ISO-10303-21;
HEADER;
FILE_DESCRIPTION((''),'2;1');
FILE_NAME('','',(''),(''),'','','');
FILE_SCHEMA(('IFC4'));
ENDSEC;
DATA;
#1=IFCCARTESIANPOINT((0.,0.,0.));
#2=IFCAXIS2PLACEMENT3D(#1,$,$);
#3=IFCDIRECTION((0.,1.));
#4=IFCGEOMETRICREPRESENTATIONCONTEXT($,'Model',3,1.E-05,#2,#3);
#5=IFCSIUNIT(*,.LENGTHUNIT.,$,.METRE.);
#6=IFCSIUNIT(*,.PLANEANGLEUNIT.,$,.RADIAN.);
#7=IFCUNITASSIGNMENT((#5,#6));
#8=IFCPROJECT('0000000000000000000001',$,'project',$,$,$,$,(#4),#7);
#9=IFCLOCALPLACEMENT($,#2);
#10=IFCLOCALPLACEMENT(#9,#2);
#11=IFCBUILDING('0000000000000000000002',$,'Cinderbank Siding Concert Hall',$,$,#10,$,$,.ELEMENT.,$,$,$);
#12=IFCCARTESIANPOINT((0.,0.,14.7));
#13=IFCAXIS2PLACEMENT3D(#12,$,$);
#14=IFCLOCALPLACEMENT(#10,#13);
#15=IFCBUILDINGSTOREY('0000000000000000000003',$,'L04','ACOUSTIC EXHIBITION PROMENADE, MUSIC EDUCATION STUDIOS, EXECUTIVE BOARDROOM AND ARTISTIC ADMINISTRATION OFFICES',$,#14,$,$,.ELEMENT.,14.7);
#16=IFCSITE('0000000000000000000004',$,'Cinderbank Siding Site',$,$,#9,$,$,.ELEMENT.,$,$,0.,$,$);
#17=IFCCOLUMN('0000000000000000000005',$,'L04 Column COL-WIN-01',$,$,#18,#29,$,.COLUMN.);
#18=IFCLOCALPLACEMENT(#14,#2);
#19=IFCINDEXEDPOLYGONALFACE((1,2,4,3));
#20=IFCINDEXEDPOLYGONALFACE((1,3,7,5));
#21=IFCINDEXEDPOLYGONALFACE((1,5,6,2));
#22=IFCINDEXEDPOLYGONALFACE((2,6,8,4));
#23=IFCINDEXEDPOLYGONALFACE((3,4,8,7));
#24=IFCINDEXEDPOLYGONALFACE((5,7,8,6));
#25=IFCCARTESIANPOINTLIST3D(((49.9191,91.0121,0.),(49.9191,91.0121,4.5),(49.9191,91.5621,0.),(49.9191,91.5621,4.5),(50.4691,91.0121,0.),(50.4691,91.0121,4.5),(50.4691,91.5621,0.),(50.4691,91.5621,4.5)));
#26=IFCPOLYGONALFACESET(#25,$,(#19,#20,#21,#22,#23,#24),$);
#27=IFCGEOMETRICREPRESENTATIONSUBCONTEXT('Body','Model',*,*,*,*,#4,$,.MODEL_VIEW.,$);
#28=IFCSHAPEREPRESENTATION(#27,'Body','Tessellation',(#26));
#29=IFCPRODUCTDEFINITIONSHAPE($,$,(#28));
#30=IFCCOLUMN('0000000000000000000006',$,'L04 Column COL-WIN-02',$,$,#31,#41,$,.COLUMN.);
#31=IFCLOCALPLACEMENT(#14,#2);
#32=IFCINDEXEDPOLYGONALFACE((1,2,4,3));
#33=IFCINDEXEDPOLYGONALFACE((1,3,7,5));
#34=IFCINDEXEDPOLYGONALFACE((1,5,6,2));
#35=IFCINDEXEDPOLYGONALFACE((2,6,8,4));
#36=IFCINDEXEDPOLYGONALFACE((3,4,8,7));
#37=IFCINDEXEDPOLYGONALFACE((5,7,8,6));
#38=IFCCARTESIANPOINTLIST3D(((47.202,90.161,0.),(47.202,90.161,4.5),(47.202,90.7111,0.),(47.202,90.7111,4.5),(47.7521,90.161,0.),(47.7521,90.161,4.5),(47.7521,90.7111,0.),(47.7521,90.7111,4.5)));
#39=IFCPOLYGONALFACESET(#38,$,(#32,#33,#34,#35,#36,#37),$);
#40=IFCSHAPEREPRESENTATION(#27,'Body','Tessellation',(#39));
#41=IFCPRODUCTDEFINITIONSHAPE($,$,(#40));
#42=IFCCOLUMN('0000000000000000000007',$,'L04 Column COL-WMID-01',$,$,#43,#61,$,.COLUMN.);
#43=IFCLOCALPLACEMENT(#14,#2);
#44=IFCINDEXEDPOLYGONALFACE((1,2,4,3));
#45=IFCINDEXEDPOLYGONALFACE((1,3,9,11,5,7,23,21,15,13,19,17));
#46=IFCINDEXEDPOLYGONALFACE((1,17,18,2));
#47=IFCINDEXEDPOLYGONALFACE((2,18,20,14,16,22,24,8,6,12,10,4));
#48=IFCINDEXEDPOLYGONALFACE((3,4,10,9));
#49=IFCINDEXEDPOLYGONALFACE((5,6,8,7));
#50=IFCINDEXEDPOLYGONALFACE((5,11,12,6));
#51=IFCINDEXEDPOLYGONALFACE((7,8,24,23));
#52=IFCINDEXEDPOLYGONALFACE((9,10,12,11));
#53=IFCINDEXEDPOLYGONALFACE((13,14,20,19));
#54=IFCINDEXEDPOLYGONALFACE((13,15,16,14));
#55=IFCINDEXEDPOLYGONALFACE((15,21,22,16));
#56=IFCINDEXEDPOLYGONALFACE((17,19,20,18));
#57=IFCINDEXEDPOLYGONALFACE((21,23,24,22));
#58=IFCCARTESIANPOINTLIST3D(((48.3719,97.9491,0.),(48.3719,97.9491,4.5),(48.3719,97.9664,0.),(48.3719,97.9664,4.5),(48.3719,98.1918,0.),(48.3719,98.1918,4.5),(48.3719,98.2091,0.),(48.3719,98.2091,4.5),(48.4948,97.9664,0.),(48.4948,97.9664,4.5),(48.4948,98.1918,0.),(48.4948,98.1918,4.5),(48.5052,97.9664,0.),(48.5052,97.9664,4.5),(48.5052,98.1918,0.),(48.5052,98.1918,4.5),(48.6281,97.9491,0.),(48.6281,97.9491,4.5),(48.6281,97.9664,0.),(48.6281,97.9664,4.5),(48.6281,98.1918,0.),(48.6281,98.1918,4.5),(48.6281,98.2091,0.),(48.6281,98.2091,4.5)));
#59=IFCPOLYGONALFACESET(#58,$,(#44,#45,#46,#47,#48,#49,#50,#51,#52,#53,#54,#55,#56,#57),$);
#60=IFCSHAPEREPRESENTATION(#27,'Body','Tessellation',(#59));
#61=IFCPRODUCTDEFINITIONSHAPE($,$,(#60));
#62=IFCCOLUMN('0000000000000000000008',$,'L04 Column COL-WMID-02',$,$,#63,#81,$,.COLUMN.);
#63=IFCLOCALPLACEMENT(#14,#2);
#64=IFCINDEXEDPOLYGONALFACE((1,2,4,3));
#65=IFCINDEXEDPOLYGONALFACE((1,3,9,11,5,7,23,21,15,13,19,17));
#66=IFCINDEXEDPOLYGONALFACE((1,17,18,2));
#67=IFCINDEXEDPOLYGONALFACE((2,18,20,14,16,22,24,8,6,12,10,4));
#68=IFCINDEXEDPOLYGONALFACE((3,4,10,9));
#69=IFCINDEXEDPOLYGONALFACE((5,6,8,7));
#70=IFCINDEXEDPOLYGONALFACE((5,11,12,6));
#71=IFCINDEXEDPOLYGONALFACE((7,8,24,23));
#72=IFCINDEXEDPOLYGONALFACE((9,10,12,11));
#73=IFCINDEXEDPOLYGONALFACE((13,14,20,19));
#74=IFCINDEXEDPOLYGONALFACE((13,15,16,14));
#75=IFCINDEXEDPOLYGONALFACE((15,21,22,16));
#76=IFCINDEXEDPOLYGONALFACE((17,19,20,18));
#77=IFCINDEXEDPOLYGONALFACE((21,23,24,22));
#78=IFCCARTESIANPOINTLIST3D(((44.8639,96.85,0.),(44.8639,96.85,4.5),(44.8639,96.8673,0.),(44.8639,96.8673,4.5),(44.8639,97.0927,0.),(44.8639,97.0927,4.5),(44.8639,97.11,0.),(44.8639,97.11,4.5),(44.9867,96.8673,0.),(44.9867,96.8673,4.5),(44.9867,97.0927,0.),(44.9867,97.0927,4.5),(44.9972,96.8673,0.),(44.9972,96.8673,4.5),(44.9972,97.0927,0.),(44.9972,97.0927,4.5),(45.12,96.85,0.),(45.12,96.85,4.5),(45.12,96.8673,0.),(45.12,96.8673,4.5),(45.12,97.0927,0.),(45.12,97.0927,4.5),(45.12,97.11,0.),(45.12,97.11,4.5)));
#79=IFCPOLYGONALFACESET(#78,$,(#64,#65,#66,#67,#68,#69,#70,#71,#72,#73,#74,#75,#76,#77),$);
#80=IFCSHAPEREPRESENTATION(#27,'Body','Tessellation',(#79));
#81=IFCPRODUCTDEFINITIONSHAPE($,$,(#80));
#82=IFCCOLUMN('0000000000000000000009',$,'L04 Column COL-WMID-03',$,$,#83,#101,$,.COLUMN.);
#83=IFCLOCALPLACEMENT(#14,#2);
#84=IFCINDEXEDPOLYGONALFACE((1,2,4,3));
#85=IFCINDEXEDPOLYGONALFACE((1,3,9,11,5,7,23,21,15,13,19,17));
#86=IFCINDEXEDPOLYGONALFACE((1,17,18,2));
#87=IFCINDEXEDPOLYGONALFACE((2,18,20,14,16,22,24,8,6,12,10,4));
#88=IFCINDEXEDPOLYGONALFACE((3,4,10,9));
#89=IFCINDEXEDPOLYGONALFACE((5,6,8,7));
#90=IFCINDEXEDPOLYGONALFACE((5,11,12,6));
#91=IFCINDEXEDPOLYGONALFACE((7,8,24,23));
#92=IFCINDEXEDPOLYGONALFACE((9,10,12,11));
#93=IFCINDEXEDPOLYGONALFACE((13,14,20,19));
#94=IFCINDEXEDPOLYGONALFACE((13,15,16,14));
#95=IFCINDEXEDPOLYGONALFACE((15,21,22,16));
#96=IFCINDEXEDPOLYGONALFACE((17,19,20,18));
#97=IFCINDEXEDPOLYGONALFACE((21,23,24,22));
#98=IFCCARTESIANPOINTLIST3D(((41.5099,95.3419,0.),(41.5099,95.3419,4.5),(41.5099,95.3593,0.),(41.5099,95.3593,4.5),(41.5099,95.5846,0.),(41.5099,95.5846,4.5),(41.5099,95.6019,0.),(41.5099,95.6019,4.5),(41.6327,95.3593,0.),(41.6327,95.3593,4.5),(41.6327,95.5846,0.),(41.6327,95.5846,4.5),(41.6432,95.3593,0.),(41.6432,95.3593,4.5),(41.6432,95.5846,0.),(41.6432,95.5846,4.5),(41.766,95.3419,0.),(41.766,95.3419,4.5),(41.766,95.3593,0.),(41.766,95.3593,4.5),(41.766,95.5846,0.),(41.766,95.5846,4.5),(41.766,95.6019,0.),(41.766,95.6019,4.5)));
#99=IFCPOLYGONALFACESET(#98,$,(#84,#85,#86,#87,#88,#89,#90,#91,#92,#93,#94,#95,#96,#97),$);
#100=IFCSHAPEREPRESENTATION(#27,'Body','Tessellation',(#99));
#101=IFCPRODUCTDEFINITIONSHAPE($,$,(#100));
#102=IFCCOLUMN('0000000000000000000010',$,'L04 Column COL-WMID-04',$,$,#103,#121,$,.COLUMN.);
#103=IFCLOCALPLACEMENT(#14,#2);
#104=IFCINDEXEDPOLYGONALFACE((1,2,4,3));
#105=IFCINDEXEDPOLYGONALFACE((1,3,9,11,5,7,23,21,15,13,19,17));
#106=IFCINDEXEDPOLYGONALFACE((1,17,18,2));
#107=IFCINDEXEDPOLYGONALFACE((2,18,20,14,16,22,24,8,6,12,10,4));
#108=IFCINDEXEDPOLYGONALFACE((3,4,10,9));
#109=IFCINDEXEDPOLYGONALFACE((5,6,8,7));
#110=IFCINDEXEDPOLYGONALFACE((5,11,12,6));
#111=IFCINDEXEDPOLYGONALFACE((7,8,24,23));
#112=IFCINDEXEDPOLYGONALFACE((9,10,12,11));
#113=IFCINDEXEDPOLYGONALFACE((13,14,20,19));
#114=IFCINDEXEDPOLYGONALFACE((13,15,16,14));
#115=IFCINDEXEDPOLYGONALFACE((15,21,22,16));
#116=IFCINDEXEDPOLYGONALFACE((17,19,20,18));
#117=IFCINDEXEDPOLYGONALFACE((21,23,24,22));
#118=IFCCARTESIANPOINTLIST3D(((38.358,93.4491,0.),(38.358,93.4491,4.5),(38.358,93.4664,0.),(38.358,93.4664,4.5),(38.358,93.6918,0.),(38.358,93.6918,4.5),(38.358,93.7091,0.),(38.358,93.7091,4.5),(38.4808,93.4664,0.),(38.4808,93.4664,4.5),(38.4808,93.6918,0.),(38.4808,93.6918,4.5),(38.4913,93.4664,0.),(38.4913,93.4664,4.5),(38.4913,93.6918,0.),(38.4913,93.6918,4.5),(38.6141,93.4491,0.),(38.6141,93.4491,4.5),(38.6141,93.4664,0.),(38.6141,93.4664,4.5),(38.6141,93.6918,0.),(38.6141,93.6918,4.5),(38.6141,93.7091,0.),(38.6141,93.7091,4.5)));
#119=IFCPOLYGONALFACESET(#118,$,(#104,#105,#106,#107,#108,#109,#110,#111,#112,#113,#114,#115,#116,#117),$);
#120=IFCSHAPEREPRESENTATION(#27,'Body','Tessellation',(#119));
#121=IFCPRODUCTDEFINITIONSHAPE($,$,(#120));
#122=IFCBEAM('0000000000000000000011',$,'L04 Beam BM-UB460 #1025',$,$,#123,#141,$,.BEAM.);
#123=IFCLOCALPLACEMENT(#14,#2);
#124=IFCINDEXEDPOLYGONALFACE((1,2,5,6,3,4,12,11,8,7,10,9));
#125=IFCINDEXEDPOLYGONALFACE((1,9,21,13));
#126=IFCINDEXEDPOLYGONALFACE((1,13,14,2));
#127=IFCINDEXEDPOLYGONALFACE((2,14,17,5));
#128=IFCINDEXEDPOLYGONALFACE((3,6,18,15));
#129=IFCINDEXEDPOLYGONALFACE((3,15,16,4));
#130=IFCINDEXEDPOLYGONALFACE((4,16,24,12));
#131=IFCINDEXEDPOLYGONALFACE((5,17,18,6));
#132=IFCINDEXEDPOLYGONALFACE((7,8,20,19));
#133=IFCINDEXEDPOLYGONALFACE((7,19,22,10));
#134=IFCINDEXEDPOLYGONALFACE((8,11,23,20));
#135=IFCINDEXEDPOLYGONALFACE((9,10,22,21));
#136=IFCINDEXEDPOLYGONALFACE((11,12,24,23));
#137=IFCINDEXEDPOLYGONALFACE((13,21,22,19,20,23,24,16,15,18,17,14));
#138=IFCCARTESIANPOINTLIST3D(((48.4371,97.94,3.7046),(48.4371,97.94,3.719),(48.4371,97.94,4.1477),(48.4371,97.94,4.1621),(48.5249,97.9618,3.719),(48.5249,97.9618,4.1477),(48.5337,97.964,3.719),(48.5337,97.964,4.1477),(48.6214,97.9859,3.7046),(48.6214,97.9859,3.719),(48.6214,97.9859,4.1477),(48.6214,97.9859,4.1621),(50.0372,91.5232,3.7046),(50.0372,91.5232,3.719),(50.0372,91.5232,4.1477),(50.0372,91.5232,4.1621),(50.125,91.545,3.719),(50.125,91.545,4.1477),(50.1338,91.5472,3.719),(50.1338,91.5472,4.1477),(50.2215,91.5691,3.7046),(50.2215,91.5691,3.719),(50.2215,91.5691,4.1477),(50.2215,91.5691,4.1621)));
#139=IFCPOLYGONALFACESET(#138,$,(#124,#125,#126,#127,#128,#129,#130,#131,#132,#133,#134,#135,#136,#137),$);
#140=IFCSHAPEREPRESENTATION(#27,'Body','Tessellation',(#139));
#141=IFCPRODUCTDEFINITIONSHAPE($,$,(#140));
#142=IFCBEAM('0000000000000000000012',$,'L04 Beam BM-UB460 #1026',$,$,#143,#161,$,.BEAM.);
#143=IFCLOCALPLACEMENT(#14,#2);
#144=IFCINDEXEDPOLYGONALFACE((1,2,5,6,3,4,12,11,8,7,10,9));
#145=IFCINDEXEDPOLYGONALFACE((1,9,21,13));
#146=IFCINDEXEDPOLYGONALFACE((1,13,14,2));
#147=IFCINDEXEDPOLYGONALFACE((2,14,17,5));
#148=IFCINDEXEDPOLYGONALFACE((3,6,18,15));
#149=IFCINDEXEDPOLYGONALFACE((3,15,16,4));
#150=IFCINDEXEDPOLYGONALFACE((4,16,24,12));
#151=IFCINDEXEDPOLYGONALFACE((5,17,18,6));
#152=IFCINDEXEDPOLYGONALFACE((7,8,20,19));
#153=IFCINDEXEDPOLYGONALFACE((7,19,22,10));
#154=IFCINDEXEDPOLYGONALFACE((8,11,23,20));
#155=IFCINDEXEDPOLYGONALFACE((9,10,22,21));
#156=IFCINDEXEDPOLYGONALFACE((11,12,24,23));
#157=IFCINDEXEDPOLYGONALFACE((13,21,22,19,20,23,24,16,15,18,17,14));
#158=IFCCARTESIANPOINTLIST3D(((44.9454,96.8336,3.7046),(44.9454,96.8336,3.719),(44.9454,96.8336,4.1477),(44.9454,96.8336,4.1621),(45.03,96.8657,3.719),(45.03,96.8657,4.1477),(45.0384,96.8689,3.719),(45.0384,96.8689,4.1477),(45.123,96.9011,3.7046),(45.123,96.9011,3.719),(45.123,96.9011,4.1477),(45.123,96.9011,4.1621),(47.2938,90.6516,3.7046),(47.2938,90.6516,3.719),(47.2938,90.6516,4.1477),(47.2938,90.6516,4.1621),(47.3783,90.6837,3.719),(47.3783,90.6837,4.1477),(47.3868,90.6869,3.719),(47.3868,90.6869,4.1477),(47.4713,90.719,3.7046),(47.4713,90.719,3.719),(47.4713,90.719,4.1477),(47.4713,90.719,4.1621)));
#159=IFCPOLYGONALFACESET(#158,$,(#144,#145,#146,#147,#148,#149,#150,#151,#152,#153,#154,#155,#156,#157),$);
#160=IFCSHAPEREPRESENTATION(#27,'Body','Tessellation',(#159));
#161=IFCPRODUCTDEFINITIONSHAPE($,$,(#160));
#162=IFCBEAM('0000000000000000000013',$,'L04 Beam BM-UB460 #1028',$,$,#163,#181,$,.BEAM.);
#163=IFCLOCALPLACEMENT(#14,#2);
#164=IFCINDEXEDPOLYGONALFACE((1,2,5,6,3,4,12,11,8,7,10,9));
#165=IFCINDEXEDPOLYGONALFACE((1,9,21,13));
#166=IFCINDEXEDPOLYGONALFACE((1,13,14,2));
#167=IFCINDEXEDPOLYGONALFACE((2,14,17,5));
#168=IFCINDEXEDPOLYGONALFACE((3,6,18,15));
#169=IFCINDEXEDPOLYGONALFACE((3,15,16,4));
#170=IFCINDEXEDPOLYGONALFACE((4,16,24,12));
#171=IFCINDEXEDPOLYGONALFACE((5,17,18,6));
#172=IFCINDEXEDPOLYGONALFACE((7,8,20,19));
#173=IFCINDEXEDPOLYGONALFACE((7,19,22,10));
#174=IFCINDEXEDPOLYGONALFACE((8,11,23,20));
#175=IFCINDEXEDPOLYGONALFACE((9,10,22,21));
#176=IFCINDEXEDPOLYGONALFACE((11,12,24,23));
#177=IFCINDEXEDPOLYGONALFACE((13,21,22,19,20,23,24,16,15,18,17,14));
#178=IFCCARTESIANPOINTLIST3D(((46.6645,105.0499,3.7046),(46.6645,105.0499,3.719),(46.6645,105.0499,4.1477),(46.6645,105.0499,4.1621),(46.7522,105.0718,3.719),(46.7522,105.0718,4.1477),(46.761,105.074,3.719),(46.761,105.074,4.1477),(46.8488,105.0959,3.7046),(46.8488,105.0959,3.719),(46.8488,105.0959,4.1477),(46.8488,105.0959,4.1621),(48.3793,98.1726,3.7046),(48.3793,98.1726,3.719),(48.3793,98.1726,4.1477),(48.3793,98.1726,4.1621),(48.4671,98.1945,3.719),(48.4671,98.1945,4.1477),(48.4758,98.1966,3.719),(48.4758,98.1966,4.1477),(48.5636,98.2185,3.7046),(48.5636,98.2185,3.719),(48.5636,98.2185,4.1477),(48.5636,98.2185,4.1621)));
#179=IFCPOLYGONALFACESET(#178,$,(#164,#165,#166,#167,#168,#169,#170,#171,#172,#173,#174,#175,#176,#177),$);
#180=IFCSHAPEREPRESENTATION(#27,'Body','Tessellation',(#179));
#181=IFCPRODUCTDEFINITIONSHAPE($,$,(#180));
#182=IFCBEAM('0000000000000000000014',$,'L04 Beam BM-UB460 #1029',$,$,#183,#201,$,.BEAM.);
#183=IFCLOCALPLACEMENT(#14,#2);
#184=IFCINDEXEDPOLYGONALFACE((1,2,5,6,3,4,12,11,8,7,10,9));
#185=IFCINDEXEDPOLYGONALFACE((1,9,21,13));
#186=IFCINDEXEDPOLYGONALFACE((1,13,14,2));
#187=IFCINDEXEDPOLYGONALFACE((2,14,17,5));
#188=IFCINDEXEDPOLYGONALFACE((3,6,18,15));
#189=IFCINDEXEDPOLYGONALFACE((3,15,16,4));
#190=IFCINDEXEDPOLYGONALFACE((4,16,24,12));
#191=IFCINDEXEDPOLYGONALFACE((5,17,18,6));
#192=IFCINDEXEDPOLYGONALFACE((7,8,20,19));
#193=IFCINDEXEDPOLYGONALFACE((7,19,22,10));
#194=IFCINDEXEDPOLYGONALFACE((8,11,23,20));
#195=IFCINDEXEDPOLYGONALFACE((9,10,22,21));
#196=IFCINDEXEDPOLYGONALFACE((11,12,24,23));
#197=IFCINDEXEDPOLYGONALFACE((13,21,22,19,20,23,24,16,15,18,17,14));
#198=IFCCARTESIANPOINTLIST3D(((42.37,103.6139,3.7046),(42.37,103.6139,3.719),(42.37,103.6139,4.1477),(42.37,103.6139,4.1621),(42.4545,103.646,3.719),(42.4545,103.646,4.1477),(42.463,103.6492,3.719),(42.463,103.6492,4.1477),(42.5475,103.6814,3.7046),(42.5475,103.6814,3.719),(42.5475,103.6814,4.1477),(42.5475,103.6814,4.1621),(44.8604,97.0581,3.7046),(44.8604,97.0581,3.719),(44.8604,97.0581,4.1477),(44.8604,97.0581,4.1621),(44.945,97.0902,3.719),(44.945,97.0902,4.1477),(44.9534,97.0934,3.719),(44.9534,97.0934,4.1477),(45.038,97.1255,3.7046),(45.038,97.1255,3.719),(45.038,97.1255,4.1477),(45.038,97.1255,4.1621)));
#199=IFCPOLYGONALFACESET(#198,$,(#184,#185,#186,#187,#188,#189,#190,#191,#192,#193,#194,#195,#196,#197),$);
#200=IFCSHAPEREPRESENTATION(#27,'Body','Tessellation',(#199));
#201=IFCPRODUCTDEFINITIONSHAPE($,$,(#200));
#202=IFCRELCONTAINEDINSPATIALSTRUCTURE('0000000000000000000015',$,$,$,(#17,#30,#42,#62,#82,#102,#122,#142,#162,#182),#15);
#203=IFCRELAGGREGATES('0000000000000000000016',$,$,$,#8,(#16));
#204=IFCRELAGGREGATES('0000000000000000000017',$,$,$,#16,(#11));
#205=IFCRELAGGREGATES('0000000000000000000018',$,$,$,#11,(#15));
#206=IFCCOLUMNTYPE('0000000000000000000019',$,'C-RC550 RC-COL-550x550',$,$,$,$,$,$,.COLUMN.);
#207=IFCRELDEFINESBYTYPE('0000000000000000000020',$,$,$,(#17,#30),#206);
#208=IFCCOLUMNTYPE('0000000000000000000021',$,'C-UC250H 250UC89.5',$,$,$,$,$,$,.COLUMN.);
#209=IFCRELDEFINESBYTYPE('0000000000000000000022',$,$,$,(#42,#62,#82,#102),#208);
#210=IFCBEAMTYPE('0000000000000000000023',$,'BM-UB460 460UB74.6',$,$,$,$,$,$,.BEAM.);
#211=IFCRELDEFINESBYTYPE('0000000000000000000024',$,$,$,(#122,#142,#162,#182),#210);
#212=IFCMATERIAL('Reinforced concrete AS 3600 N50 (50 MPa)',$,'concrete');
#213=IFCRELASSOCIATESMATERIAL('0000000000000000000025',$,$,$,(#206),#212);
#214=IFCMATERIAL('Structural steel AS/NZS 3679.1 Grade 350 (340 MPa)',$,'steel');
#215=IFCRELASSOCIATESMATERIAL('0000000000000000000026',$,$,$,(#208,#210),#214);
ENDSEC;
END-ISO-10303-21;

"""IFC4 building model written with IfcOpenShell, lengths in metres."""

from ifc_helpers import new_model, si_unit, direction, frame, origin, origin_2d, place, context, subcontext, project, spatial, rectangle, i_section, extrude, material, material_profile, profile_set, type_object, element, save


model = new_model("IFC4")

# Units and contexts
model_context = context("Model", 3, precision=1e-05, world=origin(), true_north=direction((0.0, 1.0)))
body_context = subcontext(model_context, "Body", "Model", "MODEL_VIEW")
ifc_project = project(units=[si_unit("LENGTHUNIT", "METRE"), si_unit("PLANEANGLEUNIT", "RADIAN")], contexts=[model_context])

# Site, building, storey
site_placement = place(None, origin())
site = spatial("IfcSite", under=ifc_project, at=site_placement, Name="Cinderbank Siding Site", CompositionType="ELEMENT", RefElevation=0.0)
building_placement = place(site_placement, origin())
building = spatial("IfcBuilding", under=site, at=building_placement, Name="Cinderbank Siding Concert Hall", CompositionType="ELEMENT")
storey_placement = place(building_placement, frame((0.0, 0.0, 14.7)))
storey = spatial("IfcBuildingStorey", under=building, at=storey_placement, Name="L04", Description="ACOUSTIC EXHIBITION PROMENADE, MUSIC EDUCATION STUDIOS, EXECUTIVE BOARDROOM AND ARTISTIC ADMINISTRATION OFFICES", CompositionType="ELEMENT", Elevation=14.7)

# Columns
ifc_material_1 = material(Name="Reinforced concrete AS 3600 N50 (50 MPa)", Category="concrete")
ifc_material_profile_1 = material_profile(ifc_material_1, rectangle(XDim=0.55, YDim=0.55, at=origin_2d()), Name="RC-COL-550x550", Category="LoadBearing")
ifc_profile_set_1 = profile_set([ifc_material_profile_1], Name="Reinforced concrete AS 3600 N50 (50 MPa)")
column_type_1 = type_object("IfcColumnType", Name="C-RC550 RC-COL-550x550", PredefinedType="COLUMN", material=ifc_profile_set_1)
for number, where, z_axis, x_axis, name in (
    (1, (50.1941, 91.2871, 0.0), (0.0, 0.0, 1.0), (1.0, 0.0, 0.0), "L04 Column COL-WIN-01"),
    (2, (47.4771, 90.436, 0.0), (0.0, 0.0, 1.0), (1.0, 0.0, 0.0), "L04 Column COL-WIN-02"),
):
    element("IfcColumn", number, at=place(storey_placement, frame(where, z_axis=z_axis, x_axis=x_axis)), inside=storey, type_object=column_type_1, Name=name, PredefinedType="COLUMN", context=body_context, shape_type="SweptSolid", body=[
        extrude(rectangle(XDim=0.55, YDim=0.55, at=origin_2d()), origin(), (0.0, 0.0, 1.0), 4.5),
    ])
ifc_material_2 = material(Name="Structural steel AS/NZS 3679.1 Grade 350 (340 MPa)", Category="steel")
ifc_material_profile_2 = material_profile(ifc_material_2, i_section(OverallWidth=0.2561, OverallDepth=0.26, WebThickness=0.0105, FlangeThickness=0.0173, at=origin_2d()), Name="250UC89.5", Category="LoadBearing")
ifc_profile_set_2 = profile_set([ifc_material_profile_2], Name="Structural steel AS/NZS 3679.1 Grade 350 (340 MPa)")
column_type_2 = type_object("IfcColumnType", Name="C-UC250H 250UC89.5", PredefinedType="COLUMN", material=ifc_profile_set_2)
for number, where, z_axis, x_axis, name in (
    (3, (48.5, 98.0791, 0.0), (0.0, 0.0, 1.0), (1.0, 0.0, 0.0), "L04 Column COL-WMID-01"),
    (4, (44.9919, 96.98, 0.0), (0.0, 0.0, 1.0), (1.0, 0.0, 0.0), "L04 Column COL-WMID-02"),
    (5, (41.6379, 95.4719, 0.0), (0.0, 0.0, 1.0), (1.0, 0.0, 0.0), "L04 Column COL-WMID-03"),
    (6, (38.4861, 93.5791, 0.0), (0.0, 0.0, 1.0), (1.0, 0.0, 0.0), "L04 Column COL-WMID-04"),
):
    element("IfcColumn", number, at=place(storey_placement, frame(where, z_axis=z_axis, x_axis=x_axis)), inside=storey, type_object=column_type_2, Name=name, PredefinedType="COLUMN", context=body_context, shape_type="SweptSolid", body=[
        extrude(i_section(OverallWidth=0.2561, OverallDepth=0.26, WebThickness=0.0105, FlangeThickness=0.0173, at=origin_2d()), origin(), (0.0, 0.0, 1.0), 4.5),
    ])

# Beams
ifc_material_profile_3 = material_profile(ifc_material_2, i_section(OverallWidth=0.1899, OverallDepth=0.4575, WebThickness=0.009, FlangeThickness=0.0144, at=origin_2d()), Name="460UB74.6", Category="LoadBearing")
ifc_profile_set_3 = profile_set([ifc_material_profile_3], Name="Structural steel AS/NZS 3679.1 Grade 350 (340 MPa)")
beam_type_1 = type_object("IfcBeamType", Name="BM-UB460 460UB74.6", PredefinedType="BEAM", material=ifc_profile_set_3)
beam_1_placement = place(storey_placement, frame((50.1294, 91.5461, 3.9333), z_axis=(-0.241954, 0.970288, 0.0), x_axis=(-0.970288, -0.241954, 0.0)))
element("IfcBeam", 7, at=beam_1_placement, inside=storey, type_object=beam_type_1, Name="L04 Beam BM-UB460 #1025", PredefinedType="BEAM", context=body_context, shape_type="SweptSolid", body=[
    extrude(i_section(OverallWidth=0.1899, OverallDepth=0.4575, WebThickness=0.009, FlangeThickness=0.0144, at=origin_2d()), origin(), (0.0, 0.0, 1.0), 6.6133),
])
beam_2_placement = place(storey_placement, frame((47.3826, 90.6853, 3.9333), z_axis=(-0.355109, 0.934825, 0.0), x_axis=(-0.934825, -0.355109, 0.0)))
element("IfcBeam", 8, at=beam_2_placement, inside=storey, type_object=beam_type_1, Name="L04 Beam BM-UB460 #1026", PredefinedType="BEAM", context=body_context, shape_type="SweptSolid", body=[
    extrude(i_section(OverallWidth=0.1899, OverallDepth=0.4575, WebThickness=0.009, FlangeThickness=0.0144, at=origin_2d()), origin(), (0.0, 0.0, 1.0), 6.613),
])
beam_3_placement = place(storey_placement, frame((48.4714, 98.1956, 3.9333), z_axis=(-0.241936, 0.970292, 0.0), x_axis=(-0.970292, -0.241936, 0.0)))
element("IfcBeam", 9, at=beam_3_placement, inside=storey, type_object=beam_type_1, Name="L04 Beam BM-UB460 #1028", PredefinedType="BEAM", context=body_context, shape_type="SweptSolid", body=[
    extrude(i_section(OverallWidth=0.1899, OverallDepth=0.4575, WebThickness=0.009, FlangeThickness=0.0144, at=origin_2d()), origin(), (0.0, 0.0, 1.0), 7.0879),
])
beam_4_placement = place(storey_placement, frame((44.9492, 97.0918, 3.9333), z_axis=(-0.355122, 0.93482, 0.0), x_axis=(-0.93482, -0.355122, 0.0)))
element("IfcBeam", 10, at=beam_4_placement, inside=storey, type_object=beam_type_1, Name="L04 Beam BM-UB460 #1029", PredefinedType="BEAM", context=body_context, shape_type="SweptSolid", body=[
    extrude(i_section(OverallWidth=0.1899, OverallDepth=0.4575, WebThickness=0.009, FlangeThickness=0.0144, at=origin_2d()), origin(), (0.0, 0.0, 1.0), 7.0129),
])

save(model, "model.ifc")
